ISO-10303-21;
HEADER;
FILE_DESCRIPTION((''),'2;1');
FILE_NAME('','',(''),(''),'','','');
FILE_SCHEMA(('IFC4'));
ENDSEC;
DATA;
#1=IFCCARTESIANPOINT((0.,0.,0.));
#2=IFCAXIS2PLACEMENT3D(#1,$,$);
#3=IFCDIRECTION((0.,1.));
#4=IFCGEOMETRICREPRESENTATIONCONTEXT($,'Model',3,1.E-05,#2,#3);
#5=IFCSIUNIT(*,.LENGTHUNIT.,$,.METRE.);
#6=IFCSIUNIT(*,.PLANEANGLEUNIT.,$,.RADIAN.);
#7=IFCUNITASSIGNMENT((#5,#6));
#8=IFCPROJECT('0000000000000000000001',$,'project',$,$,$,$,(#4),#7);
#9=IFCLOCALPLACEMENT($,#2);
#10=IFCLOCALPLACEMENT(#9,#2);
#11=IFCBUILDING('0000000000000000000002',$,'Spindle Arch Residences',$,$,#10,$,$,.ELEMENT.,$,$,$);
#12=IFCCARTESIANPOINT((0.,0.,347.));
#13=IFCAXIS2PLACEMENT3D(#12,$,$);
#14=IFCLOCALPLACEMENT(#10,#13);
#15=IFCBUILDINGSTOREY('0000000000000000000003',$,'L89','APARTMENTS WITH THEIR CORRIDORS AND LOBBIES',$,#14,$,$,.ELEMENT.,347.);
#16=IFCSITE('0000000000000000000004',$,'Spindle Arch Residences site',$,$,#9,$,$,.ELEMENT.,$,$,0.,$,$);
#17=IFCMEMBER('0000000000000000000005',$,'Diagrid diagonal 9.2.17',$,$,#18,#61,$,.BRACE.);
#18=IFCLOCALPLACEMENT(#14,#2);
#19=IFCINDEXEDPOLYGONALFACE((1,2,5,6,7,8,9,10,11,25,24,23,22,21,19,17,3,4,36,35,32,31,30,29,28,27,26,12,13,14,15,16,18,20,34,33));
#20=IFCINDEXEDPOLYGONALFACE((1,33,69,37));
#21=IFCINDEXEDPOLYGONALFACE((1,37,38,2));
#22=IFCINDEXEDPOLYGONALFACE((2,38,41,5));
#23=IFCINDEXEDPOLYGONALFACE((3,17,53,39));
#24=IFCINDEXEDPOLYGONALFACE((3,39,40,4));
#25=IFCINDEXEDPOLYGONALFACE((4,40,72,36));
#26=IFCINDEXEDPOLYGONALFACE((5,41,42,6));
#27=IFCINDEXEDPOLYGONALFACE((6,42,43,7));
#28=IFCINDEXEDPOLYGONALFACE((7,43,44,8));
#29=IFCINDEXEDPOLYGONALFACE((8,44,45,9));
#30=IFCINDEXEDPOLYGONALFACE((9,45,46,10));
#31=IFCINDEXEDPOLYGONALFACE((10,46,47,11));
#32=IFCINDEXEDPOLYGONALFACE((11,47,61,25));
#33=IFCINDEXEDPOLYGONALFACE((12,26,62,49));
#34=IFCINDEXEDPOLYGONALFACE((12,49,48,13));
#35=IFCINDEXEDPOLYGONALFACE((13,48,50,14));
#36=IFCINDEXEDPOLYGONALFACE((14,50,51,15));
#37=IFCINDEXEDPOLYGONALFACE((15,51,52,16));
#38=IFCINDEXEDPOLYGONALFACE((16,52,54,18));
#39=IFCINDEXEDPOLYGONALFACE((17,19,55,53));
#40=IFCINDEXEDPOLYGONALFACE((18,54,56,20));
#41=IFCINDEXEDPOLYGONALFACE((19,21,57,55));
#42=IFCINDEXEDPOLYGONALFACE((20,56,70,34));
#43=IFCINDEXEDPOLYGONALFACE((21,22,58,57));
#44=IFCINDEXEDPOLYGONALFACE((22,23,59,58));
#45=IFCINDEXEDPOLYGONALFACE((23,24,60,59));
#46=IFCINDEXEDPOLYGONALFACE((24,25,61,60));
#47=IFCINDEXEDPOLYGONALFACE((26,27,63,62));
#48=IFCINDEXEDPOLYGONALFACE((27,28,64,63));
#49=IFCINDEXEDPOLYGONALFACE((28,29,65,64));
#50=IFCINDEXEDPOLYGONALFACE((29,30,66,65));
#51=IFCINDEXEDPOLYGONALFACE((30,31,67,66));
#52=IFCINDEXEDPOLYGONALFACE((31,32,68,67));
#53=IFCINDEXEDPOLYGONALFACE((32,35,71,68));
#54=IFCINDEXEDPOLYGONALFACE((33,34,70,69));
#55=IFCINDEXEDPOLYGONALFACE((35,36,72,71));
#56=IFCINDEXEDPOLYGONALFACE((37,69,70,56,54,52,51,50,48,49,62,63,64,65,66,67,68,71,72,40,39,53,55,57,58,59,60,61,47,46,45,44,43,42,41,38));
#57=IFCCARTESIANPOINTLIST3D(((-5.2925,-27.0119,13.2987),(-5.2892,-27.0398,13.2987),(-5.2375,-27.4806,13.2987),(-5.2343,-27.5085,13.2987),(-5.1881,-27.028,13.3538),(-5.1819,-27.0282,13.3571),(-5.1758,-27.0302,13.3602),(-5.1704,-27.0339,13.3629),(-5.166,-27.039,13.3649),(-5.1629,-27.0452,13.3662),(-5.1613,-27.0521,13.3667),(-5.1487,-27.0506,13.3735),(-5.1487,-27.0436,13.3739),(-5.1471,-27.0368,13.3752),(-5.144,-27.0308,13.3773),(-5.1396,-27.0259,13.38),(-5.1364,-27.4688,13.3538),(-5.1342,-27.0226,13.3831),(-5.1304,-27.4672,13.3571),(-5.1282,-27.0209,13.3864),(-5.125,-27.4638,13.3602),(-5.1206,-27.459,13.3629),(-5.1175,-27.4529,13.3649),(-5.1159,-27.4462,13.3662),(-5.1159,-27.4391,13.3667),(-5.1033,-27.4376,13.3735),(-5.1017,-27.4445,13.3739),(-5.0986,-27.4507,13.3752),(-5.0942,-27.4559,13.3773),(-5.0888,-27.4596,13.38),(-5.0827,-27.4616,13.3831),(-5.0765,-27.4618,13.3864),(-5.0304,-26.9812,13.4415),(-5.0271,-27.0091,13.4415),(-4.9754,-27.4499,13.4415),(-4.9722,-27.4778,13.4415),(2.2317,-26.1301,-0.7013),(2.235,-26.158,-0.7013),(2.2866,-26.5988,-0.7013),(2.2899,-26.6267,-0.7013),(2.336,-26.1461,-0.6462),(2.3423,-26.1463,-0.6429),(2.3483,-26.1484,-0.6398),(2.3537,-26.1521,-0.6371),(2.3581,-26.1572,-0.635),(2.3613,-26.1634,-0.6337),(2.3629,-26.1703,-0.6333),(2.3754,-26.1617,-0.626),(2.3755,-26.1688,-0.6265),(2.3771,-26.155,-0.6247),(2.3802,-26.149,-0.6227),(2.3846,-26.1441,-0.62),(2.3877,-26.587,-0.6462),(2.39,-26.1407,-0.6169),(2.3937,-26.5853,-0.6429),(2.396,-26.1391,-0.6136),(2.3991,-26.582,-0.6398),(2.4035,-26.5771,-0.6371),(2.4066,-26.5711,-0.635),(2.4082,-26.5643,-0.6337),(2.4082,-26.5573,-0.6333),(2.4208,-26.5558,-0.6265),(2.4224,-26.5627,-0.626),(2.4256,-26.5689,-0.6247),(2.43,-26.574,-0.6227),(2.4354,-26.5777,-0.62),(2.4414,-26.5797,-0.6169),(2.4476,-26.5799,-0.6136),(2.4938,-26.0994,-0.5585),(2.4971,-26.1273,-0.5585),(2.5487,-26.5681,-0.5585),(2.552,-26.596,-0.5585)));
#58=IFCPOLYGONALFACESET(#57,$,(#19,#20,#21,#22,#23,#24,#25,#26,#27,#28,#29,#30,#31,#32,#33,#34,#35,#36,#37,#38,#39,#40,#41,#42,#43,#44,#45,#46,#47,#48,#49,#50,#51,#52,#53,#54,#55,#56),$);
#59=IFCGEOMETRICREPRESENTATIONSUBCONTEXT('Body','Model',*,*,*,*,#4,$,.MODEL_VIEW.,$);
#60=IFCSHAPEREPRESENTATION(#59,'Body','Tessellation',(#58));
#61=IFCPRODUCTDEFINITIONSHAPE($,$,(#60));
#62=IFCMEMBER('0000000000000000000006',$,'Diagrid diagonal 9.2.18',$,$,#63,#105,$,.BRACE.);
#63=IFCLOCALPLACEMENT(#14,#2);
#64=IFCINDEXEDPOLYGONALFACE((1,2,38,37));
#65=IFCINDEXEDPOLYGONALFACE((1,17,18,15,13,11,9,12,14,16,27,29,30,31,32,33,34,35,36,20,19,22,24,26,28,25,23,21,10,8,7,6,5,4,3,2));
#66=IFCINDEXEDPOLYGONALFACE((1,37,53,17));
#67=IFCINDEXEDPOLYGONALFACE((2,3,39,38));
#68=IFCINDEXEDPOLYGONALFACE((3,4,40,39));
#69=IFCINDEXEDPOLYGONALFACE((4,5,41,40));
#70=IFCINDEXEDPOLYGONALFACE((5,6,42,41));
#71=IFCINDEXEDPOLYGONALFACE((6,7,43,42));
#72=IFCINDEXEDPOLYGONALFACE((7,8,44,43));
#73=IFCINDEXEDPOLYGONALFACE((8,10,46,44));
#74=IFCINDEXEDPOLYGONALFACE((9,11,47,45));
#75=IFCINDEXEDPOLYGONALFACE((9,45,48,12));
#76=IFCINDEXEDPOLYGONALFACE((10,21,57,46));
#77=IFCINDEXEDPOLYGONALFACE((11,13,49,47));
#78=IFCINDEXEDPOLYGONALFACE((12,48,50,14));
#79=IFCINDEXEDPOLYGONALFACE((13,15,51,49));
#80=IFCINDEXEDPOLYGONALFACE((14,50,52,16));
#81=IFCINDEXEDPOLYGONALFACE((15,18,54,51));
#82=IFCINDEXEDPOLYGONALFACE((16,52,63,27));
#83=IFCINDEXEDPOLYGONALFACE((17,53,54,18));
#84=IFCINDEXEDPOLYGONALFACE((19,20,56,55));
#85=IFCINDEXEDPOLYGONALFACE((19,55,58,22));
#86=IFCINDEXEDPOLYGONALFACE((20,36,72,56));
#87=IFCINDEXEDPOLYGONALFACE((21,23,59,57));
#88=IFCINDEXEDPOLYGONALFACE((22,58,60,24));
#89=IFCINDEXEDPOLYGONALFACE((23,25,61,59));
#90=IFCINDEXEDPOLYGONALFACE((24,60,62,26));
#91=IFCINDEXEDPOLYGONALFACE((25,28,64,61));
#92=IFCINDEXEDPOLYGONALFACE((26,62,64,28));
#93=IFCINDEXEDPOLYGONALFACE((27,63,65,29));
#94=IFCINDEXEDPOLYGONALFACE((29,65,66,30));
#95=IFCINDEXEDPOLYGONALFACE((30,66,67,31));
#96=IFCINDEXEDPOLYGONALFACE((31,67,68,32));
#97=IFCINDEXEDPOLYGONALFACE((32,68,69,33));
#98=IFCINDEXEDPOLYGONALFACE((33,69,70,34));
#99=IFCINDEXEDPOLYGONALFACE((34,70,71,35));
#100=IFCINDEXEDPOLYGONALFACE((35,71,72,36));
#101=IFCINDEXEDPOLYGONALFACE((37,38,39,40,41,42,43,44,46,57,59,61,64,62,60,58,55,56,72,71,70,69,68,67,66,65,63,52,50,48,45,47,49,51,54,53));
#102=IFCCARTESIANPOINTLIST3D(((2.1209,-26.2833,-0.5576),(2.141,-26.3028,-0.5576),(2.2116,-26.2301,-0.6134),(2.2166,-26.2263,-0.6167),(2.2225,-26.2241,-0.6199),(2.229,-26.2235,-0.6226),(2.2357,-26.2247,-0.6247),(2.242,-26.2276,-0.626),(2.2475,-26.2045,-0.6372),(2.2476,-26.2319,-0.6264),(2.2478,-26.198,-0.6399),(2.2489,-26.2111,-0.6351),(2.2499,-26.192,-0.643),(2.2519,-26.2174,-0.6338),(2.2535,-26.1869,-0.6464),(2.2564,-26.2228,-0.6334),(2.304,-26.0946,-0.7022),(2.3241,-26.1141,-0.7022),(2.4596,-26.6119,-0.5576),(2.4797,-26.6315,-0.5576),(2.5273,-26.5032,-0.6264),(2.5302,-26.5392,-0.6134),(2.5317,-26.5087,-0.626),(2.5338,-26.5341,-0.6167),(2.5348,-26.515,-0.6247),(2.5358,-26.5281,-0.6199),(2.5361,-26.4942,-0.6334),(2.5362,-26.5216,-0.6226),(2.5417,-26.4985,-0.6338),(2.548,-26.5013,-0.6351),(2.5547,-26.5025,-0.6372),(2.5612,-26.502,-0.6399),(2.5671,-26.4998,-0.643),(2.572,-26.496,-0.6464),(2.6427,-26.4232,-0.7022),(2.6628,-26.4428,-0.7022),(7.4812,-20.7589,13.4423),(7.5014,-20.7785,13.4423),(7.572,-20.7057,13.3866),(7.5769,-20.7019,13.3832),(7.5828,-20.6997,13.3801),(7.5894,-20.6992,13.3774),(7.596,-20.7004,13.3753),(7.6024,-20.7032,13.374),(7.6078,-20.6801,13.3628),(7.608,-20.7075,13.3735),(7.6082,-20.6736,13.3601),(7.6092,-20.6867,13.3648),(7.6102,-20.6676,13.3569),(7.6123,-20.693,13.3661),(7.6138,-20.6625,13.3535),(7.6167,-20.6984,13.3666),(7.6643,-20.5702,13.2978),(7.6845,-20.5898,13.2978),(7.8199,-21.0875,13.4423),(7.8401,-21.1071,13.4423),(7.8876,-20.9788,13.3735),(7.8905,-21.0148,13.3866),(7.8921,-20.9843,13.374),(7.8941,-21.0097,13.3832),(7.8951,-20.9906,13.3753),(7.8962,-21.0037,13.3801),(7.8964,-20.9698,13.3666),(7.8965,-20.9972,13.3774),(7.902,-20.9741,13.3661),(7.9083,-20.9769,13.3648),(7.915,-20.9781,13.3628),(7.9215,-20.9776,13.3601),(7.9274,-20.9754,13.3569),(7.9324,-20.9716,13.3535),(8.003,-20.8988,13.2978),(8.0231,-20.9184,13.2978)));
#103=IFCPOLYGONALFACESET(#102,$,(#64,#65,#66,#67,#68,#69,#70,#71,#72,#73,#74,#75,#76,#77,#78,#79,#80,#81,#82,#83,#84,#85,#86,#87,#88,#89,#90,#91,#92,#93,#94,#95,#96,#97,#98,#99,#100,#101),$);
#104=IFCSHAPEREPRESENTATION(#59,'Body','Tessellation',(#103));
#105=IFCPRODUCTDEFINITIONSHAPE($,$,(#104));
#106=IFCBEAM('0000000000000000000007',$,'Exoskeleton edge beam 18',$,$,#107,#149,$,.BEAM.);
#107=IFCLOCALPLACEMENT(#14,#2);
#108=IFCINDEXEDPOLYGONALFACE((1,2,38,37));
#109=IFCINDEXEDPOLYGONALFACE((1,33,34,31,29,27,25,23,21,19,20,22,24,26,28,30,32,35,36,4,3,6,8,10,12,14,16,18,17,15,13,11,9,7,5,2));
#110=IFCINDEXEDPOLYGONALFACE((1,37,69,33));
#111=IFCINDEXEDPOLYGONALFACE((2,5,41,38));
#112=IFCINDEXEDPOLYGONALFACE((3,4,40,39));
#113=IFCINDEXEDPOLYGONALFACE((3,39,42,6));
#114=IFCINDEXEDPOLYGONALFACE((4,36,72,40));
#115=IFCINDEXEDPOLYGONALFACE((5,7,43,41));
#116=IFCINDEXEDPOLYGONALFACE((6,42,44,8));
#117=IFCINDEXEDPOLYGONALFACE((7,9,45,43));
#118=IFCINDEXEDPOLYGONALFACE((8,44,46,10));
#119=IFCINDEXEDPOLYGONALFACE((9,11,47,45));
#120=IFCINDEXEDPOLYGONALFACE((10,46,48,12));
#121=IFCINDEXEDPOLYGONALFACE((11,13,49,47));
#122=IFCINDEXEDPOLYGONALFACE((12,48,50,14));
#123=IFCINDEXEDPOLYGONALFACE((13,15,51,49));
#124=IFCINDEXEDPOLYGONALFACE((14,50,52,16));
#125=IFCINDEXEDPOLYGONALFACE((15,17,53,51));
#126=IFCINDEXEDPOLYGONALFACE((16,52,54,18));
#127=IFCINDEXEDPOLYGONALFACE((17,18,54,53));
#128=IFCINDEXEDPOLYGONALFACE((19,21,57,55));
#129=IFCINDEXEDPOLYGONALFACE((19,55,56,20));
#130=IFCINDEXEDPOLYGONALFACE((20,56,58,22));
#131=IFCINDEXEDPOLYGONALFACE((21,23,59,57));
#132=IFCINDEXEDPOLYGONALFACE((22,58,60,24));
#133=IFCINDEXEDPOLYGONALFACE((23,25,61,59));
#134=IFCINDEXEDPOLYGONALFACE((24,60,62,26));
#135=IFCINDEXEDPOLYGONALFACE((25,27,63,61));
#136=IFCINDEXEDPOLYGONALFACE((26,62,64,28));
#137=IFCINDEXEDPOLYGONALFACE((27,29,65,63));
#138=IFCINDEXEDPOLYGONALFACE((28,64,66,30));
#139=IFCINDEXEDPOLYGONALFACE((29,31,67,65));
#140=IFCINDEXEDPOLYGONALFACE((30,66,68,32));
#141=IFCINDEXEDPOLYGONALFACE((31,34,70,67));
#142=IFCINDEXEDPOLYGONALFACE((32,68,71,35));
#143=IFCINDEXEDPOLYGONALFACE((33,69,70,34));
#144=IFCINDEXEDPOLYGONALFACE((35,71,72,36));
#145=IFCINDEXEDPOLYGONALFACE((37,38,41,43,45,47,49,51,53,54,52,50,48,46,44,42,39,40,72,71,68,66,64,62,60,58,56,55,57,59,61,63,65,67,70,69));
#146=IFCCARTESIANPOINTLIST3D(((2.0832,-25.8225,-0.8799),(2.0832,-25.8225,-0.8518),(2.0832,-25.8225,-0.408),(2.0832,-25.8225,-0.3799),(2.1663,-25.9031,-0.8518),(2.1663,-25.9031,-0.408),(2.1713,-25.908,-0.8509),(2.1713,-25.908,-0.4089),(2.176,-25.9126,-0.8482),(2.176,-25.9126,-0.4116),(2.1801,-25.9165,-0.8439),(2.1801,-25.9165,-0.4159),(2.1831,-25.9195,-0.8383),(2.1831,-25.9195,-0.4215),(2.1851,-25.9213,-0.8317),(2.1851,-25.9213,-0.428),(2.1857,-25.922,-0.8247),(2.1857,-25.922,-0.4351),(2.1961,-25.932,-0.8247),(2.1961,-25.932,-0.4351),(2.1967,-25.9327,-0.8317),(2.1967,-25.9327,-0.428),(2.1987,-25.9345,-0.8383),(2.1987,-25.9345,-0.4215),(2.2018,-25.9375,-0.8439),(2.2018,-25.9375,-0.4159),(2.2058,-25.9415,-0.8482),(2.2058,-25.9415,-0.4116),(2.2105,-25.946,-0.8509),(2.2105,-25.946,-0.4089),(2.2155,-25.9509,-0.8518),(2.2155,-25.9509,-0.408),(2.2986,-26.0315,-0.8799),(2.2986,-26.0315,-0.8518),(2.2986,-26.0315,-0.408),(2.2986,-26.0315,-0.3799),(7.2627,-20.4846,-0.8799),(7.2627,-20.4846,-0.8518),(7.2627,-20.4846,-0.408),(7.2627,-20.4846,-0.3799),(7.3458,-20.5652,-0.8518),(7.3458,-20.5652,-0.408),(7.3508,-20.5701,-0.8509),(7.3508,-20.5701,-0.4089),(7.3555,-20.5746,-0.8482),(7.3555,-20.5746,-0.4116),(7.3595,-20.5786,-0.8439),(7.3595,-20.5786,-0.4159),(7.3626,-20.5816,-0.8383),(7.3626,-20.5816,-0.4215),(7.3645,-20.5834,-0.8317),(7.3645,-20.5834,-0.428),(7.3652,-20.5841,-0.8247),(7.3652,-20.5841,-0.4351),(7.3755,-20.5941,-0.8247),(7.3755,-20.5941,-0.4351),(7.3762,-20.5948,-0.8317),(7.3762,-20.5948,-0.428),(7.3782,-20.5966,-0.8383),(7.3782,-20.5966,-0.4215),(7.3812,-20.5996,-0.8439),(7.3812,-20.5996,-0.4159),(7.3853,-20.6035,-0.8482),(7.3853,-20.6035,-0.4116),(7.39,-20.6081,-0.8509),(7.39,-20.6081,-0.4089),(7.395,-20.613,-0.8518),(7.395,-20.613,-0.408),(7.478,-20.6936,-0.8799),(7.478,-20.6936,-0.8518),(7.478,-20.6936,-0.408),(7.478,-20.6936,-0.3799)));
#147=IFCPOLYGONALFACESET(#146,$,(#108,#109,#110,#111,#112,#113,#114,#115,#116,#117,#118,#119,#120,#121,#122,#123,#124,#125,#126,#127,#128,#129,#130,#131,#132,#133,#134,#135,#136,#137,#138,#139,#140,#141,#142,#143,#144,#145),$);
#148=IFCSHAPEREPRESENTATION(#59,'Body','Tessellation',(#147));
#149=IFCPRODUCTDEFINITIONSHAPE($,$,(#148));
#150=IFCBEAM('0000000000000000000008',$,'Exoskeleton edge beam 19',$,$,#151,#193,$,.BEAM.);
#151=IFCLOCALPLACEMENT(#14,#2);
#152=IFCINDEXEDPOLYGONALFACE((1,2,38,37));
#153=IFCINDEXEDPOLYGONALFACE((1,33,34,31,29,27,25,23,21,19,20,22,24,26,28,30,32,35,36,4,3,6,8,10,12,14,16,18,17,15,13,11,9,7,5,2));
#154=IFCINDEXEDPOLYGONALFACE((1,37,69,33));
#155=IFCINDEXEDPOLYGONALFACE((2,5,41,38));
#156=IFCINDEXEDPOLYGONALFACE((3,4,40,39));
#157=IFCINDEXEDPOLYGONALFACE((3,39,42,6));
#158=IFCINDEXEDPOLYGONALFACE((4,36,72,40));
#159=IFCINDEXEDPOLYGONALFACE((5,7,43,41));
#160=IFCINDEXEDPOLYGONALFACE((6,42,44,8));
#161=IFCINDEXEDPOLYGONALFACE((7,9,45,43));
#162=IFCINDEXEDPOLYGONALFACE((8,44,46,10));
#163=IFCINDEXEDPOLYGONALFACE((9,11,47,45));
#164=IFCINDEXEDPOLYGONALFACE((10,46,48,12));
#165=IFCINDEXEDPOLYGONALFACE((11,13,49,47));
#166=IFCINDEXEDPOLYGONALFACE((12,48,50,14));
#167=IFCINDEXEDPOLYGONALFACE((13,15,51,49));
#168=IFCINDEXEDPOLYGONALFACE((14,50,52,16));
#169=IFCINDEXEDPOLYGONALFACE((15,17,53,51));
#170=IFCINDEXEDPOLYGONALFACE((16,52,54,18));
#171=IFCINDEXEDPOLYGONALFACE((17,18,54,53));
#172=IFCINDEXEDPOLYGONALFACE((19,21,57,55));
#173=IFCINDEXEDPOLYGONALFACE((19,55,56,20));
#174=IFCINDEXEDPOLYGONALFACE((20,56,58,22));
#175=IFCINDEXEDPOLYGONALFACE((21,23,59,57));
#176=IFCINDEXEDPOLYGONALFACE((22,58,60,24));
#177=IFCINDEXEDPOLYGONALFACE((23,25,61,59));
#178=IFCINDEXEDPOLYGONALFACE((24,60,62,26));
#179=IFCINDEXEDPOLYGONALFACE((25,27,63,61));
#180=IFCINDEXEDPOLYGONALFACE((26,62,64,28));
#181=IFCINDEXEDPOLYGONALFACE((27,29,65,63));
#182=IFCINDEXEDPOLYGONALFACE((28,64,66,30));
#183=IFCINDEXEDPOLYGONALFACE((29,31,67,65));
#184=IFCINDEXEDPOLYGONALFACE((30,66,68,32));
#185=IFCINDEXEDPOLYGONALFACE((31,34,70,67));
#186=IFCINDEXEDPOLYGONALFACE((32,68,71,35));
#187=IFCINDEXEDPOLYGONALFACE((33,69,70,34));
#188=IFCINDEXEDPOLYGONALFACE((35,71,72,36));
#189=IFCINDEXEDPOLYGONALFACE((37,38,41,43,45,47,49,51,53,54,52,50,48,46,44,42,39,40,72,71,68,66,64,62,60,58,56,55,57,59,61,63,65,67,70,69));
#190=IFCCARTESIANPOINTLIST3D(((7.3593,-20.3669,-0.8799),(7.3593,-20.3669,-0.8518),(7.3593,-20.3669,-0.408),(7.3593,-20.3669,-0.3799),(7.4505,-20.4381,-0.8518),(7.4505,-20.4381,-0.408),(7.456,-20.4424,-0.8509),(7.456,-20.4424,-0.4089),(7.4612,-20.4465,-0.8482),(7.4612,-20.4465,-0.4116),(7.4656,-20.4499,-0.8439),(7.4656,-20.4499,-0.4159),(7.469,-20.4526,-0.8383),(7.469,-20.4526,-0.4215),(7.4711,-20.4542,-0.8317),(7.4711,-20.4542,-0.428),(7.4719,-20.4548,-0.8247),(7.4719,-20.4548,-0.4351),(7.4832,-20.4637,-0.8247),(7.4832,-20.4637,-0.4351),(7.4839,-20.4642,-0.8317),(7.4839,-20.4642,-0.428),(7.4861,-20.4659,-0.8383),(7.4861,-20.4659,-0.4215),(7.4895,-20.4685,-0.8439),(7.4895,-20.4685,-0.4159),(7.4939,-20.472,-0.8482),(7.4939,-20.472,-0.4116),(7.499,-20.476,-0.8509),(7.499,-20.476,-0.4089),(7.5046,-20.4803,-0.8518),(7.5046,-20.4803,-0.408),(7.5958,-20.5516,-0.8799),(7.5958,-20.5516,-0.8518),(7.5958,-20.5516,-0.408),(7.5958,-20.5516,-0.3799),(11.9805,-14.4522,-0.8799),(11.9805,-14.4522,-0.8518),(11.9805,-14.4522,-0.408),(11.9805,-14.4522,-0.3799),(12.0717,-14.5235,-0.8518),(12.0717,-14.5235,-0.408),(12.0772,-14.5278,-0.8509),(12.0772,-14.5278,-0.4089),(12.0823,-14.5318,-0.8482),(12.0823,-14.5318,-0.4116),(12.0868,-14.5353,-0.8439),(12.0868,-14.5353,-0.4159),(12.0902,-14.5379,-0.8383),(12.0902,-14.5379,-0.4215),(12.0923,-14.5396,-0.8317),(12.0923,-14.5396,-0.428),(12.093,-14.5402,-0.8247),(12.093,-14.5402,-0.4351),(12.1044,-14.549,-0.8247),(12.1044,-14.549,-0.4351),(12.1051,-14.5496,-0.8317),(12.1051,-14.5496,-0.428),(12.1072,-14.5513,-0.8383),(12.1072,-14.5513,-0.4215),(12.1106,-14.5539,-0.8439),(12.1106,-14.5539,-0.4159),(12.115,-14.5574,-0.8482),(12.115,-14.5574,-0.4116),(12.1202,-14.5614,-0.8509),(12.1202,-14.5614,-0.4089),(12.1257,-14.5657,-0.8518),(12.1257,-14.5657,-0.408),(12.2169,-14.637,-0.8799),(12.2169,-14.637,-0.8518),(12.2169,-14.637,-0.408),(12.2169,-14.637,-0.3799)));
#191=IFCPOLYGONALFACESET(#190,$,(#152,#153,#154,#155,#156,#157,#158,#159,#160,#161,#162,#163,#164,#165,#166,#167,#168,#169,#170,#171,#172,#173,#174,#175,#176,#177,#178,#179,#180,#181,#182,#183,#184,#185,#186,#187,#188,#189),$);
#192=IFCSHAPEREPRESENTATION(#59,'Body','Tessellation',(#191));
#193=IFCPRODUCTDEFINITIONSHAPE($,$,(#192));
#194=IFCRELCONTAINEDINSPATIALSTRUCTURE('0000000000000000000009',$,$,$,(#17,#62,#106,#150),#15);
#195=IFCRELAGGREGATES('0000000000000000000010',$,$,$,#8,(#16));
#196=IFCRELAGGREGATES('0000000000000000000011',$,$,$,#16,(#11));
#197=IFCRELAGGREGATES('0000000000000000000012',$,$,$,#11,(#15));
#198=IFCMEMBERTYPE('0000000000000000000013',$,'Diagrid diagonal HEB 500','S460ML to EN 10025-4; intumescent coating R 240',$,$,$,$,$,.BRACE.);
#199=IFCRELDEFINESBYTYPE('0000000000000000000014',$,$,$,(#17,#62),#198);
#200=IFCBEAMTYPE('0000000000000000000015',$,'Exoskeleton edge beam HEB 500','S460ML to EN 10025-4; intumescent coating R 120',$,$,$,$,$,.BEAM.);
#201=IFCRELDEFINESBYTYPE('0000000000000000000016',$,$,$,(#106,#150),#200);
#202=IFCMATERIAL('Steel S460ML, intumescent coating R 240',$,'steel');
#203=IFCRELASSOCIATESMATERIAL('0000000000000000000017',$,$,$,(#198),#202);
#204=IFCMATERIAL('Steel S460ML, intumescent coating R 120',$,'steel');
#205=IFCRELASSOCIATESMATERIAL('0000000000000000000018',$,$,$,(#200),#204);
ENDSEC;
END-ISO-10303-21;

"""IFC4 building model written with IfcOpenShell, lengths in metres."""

from ifc_helpers import new_model, si_unit, direction, frame, origin, origin_2d, place, context, subcontext, project, spatial, i_section, extrude, material, material_profile, profile_set, type_object, element, save


model = new_model("IFC4")

# Units and contexts
model_context = context("Model", 3, precision=1e-05, world=origin(), true_north=direction((0.0, 1.0)))
body_context = subcontext(model_context, "Body", "Model", "MODEL_VIEW")
ifc_project = project(units=[si_unit("LENGTHUNIT", "METRE"), si_unit("PLANEANGLEUNIT", "RADIAN")], contexts=[model_context])

# Site, building, storey
site_placement = place(None, origin())
site = spatial("IfcSite", under=ifc_project, at=site_placement, Name="Spindle Arch Residences site", CompositionType="ELEMENT", RefElevation=0.0)
building_placement = place(site_placement, origin())
building = spatial("IfcBuilding", under=site, at=building_placement, Name="Spindle Arch Residences", CompositionType="ELEMENT")
storey_placement = place(building_placement, frame((0.0, 0.0, 347.0)))
storey = spatial("IfcBuildingStorey", under=building, at=storey_placement, Name="L89", Description="APARTMENTS WITH THEIR CORRIDORS AND LOBBIES", CompositionType="ELEMENT", Elevation=347.0)

# Members
ifc_material_1 = material(Name="Steel S460ML, intumescent coating R 240", Category="steel")
ifc_material_profile_1 = material_profile(ifc_material_1, i_section(OverallWidth=0.3, OverallDepth=0.5, WebThickness=0.0144, FlangeThickness=0.0281, FilletRadius=0.0271, at=origin_2d()), Name="HEB 500")
ifc_profile_set_1 = profile_set([ifc_material_profile_1], Name="Steel S460ML, intumescent coating R 240")
member_type_1 = type_object("IfcMemberType", Name="Diagrid diagonal HEB 500", Description="S460ML to EN 10025-4; intumescent coating R 240", PredefinedType="BRACE", material=ifc_profile_set_1)
member_1_placement = place(storey_placement, frame((2.3918, -26.363, -0.6299), z_axis=(-0.472676, -0.055398, 0.879494), x_axis=(0.873515, 0.102376, 0.475911)))
element("IfcMember", 1, at=member_1_placement, inside=storey, type_object=member_type_1, Name="Diagrid diagonal 9.2.17", PredefinedType="BRACE", context=body_context, shape_type="SweptSolid", body=[
    extrude(i_section(OverallWidth=0.3, OverallDepth=0.5, WebThickness=0.0144, FlangeThickness=0.0281, FilletRadius=0.0271, at=origin_2d()), origin(), (0.0, 0.0, 1.0), 15.9182),
])
member_2_placement = place(storey_placement, frame((2.3918, -26.363, -0.6299), z_axis=(0.335512, 0.345781, 0.87628), x_axis=(-0.610215, -0.628892, 0.481802)))
element("IfcMember", 2, at=member_2_placement, inside=storey, type_object=member_type_1, Name="Diagrid diagonal 9.2.18", PredefinedType="BRACE", context=body_context, shape_type="SweptSolid", body=[
    extrude(i_section(OverallWidth=0.3, OverallDepth=0.5, WebThickness=0.0144, FlangeThickness=0.0281, FilletRadius=0.0271, at=origin_2d()), origin(), (0.0, 0.0, 1.0), 15.9766),
])

# Beams
ifc_material_2 = material(Name="Steel S460ML, intumescent coating R 120", Category="steel")
ifc_material_profile_2 = material_profile(ifc_material_2, i_section(OverallWidth=0.3, OverallDepth=0.5, WebThickness=0.0144, FlangeThickness=0.0281, FilletRadius=0.0271, at=origin_2d()), Name="HEB 500")
ifc_profile_set_2 = profile_set([ifc_material_profile_2], Name="Steel S460ML, intumescent coating R 120")
beam_type_1 = type_object("IfcBeamType", Name="Exoskeleton edge beam HEB 500", Description="S460ML to EN 10025-4; intumescent coating R 120", PredefinedType="BEAM", material=ifc_profile_set_2)
beam_1_placement = place(storey_placement, frame((2.1909, -25.927, -0.6299), z_axis=(0.696375, 0.717678, 0.0), x_axis=(-0.717678, 0.696375, 0.0)))
element("IfcBeam", 3, at=beam_1_placement, inside=storey, type_object=beam_type_1, Name="Exoskeleton edge beam 18", PredefinedType="BEAM", context=body_context, shape_type="SweptSolid", body=[
    extrude(i_section(OverallWidth=0.3, OverallDepth=0.5, WebThickness=0.0144, FlangeThickness=0.0281, FilletRadius=0.0271, at=origin_2d()), origin(), (0.0, 0.0, 1.0), 7.4377),
])
beam_2_placement = place(storey_placement, frame((7.4775, -20.4592, -0.6299), z_axis=(0.615673, 0.788002, 0.0), x_axis=(-0.788002, 0.615673, 0.0)))
element("IfcBeam", 4, at=beam_2_placement, inside=storey, type_object=beam_type_1, Name="Exoskeleton edge beam 19", PredefinedType="BEAM", context=body_context, shape_type="SweptSolid", body=[
    extrude(i_section(OverallWidth=0.3, OverallDepth=0.5, WebThickness=0.0144, FlangeThickness=0.0281, FilletRadius=0.0271, at=origin_2d()), origin(), (0.0, 0.0, 1.0), 7.5059),
])

save(model, "model.ifc")
